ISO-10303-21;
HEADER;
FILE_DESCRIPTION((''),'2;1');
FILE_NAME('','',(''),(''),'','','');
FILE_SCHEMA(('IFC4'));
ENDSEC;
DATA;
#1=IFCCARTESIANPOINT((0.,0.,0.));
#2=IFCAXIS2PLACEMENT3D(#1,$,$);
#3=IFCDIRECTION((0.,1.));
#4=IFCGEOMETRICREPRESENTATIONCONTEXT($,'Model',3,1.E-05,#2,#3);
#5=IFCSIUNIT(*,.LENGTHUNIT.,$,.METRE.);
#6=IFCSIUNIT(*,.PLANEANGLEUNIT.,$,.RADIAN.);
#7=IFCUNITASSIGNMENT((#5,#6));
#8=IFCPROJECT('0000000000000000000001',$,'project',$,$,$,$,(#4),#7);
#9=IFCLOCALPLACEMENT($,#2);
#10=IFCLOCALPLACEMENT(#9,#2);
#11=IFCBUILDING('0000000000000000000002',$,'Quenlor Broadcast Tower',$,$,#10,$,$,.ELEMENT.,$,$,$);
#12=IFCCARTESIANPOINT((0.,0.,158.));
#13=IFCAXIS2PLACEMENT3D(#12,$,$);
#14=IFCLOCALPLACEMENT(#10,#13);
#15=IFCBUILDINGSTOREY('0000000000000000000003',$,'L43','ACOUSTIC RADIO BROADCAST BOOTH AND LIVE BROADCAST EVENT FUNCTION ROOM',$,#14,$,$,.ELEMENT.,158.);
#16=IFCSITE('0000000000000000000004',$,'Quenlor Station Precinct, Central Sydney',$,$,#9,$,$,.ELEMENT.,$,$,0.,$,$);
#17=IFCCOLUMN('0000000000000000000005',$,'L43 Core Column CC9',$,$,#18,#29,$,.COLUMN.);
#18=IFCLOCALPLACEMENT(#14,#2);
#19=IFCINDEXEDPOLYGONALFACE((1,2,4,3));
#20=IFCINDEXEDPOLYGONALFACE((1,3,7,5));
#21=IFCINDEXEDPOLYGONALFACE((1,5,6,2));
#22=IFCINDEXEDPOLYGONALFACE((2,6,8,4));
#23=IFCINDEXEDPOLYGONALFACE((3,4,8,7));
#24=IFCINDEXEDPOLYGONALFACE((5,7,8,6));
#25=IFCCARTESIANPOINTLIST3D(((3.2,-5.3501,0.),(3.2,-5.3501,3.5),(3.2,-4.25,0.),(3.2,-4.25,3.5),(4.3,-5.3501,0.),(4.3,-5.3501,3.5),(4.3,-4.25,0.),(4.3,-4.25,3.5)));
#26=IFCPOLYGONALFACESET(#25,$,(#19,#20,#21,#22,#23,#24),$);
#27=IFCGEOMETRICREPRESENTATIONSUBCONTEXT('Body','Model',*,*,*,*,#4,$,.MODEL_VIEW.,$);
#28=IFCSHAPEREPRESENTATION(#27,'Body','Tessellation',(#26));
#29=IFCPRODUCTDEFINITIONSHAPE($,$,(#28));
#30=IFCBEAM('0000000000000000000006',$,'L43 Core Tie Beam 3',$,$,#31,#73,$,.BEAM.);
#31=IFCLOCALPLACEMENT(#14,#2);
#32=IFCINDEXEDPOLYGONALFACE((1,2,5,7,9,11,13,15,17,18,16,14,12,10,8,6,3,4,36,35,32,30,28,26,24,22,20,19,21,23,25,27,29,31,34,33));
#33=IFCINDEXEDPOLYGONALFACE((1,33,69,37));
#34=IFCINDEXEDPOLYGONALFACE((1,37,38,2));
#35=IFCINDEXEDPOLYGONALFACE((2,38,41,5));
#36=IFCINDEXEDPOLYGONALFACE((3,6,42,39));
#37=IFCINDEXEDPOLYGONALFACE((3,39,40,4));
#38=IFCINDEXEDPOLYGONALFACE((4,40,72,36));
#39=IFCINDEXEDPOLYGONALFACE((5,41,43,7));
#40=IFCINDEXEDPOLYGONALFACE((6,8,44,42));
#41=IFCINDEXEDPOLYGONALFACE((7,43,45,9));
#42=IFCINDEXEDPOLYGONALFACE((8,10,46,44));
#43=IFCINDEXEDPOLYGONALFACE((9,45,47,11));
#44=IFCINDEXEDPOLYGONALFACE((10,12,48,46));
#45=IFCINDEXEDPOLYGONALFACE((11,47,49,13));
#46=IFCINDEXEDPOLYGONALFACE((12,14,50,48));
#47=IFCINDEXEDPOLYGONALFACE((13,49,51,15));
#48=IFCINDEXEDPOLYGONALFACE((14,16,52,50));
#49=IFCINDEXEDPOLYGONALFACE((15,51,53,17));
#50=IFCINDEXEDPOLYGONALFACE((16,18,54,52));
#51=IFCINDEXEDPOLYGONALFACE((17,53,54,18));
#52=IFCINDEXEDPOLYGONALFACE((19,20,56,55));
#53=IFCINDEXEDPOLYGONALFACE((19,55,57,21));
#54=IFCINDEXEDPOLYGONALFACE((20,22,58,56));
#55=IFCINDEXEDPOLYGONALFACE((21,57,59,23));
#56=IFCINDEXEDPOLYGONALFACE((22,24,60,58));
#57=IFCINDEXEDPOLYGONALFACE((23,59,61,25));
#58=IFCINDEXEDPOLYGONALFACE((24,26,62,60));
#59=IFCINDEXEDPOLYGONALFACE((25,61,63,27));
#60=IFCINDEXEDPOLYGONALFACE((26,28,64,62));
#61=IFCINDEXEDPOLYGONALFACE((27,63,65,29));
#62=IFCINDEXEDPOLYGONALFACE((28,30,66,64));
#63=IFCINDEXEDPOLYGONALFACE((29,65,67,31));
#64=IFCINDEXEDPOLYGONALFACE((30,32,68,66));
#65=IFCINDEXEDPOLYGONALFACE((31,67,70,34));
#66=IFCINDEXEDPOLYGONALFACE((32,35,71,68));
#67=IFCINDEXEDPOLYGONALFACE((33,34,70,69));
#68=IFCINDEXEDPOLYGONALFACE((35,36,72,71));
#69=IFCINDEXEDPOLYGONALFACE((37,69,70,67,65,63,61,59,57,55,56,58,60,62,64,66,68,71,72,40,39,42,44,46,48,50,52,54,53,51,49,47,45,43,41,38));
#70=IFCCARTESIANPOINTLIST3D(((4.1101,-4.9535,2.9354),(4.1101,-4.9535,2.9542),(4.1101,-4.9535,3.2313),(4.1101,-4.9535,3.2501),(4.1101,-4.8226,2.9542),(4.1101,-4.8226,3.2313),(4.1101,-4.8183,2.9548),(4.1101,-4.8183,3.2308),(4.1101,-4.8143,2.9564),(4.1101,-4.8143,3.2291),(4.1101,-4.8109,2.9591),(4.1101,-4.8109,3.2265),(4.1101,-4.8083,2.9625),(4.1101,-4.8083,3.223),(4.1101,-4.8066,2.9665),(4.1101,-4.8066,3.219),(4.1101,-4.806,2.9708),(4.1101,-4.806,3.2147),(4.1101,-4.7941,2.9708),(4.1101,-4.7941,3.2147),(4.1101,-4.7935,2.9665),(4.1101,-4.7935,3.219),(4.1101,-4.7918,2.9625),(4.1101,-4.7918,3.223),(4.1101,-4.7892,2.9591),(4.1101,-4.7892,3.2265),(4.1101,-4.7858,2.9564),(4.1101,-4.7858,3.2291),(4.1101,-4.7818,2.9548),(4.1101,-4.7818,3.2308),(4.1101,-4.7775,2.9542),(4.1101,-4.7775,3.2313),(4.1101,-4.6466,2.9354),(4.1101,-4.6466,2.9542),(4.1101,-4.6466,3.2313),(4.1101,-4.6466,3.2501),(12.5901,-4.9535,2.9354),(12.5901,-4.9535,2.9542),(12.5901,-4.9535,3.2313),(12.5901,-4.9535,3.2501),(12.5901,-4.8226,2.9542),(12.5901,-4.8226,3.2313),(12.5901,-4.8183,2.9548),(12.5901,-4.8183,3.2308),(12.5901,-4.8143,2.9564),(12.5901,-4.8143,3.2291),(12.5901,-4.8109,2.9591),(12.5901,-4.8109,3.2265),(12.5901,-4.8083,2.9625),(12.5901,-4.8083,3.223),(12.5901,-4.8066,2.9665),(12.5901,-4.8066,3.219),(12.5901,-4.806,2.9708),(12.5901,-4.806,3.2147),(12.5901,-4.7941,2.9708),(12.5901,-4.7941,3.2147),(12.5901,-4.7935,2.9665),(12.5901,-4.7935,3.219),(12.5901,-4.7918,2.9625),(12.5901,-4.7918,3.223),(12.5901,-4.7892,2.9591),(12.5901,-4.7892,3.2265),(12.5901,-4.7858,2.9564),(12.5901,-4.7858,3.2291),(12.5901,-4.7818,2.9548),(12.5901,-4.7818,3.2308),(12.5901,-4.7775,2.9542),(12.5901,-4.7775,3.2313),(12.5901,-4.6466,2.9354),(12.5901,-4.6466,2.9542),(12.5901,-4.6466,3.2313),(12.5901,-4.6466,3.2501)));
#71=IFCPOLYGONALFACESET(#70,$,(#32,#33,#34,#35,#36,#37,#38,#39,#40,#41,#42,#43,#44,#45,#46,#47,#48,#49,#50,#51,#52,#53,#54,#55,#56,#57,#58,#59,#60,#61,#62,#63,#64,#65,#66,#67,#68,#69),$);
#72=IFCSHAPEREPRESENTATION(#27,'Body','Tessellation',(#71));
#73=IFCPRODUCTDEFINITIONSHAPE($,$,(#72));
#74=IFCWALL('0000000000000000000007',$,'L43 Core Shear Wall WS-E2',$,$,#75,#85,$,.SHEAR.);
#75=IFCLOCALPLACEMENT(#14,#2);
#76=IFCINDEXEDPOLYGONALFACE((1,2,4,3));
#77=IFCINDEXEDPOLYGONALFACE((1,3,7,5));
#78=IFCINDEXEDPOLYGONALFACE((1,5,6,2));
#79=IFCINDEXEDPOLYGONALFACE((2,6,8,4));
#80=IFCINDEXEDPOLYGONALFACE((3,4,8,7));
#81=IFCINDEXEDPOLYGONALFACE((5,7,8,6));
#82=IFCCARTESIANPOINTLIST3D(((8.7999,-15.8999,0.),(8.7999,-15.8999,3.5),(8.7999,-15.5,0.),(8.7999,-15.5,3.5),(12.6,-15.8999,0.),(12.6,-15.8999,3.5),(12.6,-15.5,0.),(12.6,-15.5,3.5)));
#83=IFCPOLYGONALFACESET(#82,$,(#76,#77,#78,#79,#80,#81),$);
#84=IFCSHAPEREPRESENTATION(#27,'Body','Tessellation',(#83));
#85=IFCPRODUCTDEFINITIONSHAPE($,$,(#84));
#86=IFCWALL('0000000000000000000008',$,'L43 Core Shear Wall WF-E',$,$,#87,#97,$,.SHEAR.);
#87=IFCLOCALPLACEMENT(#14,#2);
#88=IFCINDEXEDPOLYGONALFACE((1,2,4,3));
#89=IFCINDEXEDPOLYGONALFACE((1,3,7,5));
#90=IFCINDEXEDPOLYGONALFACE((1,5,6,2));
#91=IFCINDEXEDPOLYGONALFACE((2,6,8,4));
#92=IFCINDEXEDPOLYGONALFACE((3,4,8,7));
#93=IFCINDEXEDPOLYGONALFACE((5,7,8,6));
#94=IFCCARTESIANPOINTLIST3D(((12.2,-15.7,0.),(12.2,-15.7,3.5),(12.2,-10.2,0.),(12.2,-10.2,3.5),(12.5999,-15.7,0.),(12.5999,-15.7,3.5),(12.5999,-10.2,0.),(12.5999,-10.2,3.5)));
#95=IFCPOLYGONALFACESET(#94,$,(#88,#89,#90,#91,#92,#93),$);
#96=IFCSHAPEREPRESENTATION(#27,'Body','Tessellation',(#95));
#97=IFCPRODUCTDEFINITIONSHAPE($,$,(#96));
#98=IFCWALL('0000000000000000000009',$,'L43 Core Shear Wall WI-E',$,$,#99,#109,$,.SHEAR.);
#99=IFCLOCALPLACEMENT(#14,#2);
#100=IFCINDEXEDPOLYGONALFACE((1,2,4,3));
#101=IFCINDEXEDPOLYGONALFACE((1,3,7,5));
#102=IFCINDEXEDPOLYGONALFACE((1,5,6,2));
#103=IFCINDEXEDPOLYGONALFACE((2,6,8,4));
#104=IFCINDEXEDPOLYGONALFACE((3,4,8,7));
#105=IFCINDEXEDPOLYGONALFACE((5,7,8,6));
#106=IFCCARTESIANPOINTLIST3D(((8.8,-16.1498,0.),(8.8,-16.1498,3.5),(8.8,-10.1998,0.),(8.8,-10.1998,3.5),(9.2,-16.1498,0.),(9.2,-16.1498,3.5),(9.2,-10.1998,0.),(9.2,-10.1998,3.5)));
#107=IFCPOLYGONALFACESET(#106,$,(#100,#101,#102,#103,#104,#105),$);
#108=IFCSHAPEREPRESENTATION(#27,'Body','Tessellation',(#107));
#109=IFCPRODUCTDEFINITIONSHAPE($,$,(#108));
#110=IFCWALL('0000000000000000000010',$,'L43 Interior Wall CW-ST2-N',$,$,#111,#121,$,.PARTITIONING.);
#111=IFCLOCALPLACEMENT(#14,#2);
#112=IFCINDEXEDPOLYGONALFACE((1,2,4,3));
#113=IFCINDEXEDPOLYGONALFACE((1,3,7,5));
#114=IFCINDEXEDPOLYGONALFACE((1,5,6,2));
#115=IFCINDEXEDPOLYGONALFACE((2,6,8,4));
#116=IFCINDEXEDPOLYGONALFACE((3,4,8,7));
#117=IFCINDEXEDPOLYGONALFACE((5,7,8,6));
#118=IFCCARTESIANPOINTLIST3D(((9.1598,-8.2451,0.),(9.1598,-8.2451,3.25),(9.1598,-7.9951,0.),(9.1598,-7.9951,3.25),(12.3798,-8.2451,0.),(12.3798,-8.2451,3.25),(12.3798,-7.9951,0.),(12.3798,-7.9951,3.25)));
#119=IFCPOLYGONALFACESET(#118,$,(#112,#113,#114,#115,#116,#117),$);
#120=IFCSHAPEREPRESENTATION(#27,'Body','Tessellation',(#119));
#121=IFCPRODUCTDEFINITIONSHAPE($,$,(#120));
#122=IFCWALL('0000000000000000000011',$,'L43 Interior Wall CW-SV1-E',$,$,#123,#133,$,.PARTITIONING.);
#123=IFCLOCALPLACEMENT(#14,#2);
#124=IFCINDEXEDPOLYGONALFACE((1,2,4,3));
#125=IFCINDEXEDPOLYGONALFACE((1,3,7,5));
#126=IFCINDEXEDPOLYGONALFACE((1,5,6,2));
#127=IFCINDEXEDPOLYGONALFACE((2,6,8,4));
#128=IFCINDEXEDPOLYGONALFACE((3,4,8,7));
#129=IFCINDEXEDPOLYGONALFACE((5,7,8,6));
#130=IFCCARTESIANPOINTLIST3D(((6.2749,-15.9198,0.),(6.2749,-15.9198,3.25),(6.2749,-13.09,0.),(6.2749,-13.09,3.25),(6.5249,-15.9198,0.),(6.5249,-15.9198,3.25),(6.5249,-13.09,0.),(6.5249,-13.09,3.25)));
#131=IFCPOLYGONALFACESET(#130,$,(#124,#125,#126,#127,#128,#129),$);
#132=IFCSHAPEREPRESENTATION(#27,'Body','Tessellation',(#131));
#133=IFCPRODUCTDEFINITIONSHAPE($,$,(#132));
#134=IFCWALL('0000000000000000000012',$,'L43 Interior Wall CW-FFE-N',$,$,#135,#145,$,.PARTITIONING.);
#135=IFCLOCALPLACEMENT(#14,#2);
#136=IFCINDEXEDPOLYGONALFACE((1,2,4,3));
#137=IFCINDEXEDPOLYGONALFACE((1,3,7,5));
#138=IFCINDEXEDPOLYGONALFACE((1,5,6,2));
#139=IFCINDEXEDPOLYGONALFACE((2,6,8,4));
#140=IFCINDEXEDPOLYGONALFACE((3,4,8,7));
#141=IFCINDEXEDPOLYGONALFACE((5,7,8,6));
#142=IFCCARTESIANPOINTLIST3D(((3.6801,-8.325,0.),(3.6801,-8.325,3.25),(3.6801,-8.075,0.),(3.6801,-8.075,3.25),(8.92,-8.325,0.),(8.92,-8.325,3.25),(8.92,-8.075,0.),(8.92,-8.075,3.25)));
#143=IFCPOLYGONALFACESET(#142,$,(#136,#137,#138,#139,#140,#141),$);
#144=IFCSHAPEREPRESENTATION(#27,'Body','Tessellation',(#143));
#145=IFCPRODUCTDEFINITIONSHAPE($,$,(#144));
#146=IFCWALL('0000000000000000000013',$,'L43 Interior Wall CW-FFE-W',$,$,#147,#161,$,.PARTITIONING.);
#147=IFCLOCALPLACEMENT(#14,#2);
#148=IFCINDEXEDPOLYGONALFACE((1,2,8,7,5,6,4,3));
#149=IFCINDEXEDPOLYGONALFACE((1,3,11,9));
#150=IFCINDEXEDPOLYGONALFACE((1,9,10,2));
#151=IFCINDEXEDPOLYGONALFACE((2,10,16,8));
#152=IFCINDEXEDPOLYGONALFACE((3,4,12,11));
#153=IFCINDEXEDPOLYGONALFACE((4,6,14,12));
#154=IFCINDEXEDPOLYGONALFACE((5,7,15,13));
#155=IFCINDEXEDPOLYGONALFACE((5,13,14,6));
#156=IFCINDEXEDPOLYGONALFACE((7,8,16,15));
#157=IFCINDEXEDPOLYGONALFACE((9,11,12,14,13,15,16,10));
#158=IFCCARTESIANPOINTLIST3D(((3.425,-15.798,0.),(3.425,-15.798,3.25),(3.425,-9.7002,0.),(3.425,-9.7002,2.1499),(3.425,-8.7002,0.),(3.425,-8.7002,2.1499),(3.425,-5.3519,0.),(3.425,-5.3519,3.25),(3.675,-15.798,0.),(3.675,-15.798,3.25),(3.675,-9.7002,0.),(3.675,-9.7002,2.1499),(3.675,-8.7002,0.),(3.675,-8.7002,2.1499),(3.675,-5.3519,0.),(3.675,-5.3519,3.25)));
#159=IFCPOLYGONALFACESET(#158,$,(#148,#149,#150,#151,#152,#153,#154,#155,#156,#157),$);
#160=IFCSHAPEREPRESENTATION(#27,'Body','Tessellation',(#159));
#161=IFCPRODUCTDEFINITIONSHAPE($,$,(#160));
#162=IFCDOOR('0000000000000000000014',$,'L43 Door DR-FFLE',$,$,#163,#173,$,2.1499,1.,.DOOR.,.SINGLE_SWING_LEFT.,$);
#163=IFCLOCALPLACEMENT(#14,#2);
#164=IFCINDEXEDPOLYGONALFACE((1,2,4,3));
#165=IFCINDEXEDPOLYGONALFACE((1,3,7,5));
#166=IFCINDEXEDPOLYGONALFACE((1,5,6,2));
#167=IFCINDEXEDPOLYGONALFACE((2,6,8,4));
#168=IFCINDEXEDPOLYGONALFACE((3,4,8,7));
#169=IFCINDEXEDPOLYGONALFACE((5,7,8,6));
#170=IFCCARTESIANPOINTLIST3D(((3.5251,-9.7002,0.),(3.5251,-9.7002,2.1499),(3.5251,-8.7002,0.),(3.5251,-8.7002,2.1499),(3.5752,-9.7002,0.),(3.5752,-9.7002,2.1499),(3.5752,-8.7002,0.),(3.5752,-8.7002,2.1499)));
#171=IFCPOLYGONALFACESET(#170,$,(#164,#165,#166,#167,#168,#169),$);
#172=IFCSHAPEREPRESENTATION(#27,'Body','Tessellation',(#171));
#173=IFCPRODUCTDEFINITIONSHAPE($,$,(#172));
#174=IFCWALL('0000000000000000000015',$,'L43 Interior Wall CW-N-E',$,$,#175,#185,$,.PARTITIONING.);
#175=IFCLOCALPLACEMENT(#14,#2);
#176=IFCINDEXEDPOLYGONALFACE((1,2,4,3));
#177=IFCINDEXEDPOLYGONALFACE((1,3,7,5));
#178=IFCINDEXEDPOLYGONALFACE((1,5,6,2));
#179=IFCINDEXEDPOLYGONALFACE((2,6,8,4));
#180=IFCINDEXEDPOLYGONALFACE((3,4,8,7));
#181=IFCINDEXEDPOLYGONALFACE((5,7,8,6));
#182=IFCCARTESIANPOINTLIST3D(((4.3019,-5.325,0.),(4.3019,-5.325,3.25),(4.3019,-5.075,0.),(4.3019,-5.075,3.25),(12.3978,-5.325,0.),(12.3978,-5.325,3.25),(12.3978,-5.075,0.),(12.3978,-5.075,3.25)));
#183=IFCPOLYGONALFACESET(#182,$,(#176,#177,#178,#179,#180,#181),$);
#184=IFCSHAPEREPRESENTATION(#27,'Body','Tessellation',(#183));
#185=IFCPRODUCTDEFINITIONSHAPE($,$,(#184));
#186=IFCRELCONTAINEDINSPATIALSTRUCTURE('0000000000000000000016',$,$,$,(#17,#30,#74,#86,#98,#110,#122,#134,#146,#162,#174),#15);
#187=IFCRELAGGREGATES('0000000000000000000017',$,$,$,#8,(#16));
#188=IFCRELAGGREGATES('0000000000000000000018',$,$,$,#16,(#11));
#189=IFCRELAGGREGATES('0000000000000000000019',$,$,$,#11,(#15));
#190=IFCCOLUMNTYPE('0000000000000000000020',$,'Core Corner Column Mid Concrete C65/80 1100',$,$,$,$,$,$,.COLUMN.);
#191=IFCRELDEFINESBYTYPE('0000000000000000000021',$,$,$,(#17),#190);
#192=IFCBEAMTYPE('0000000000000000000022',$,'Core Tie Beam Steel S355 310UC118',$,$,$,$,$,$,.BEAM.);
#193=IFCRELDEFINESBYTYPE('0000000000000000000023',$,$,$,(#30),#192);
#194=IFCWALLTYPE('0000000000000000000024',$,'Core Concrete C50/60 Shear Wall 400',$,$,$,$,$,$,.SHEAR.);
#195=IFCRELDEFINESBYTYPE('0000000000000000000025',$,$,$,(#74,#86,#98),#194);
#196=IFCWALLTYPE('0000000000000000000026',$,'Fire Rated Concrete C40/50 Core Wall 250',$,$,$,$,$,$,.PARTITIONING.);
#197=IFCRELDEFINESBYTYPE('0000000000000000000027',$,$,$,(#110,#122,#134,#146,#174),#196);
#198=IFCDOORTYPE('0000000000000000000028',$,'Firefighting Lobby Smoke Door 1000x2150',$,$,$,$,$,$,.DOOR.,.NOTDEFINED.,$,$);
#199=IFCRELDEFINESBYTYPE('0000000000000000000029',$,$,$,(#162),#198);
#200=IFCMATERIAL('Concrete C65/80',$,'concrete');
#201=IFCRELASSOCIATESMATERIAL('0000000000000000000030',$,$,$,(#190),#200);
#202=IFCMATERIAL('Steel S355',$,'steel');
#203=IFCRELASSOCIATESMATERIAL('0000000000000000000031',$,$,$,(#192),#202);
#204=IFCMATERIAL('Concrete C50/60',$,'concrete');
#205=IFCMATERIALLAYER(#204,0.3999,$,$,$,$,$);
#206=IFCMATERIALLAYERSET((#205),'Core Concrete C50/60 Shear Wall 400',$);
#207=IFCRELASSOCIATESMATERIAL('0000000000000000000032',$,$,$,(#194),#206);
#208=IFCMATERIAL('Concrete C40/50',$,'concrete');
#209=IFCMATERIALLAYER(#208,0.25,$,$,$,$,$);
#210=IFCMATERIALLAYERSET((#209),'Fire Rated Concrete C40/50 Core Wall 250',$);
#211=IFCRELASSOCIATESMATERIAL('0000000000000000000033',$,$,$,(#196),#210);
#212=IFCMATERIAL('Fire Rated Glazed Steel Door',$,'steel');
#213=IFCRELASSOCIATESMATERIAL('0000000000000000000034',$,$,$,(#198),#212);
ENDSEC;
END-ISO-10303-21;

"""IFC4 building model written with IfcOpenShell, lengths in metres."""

from ifc_helpers import new_model, si_unit, direction, frame, frame_2d, origin, origin_2d, place, context, subcontext, project, spatial, rectangle, i_section, extrude, material, layer, layer_set, material_profile, profile_set, type_object, element, fill, save


model = new_model("IFC4")

# Units and contexts
model_context = context("Model", 3, precision=1e-05, world=origin(), true_north=direction((0.0, 1.0)))
body_context = subcontext(model_context, "Body", "Model", "MODEL_VIEW")
ifc_project = project(units=[si_unit("LENGTHUNIT", "METRE"), si_unit("PLANEANGLEUNIT", "RADIAN")], contexts=[model_context])

# Site, building, storey
site_placement = place(None, origin())
site = spatial("IfcSite", under=ifc_project, at=site_placement, Name="Quenlor Station Precinct, Central Sydney", CompositionType="ELEMENT", RefElevation=0.0)
building_placement = place(site_placement, origin())
building = spatial("IfcBuilding", under=site, at=building_placement, Name="Quenlor Broadcast Tower", CompositionType="ELEMENT")
storey_placement = place(building_placement, frame((0.0, 0.0, 158.0)))
storey = spatial("IfcBuildingStorey", under=building, at=storey_placement, Name="L43", Description="ACOUSTIC RADIO BROADCAST BOOTH AND LIVE BROADCAST EVENT FUNCTION ROOM", CompositionType="ELEMENT", Elevation=158.0)

# Column
ifc_material_1 = material(Name="Concrete C65/80", Category="concrete")
ifc_material_profile_1 = material_profile(ifc_material_1, rectangle(XDim=1.1001, YDim=1.1001, at=origin_2d()))
ifc_profile_set_1 = profile_set([ifc_material_profile_1], Name="Concrete C65/80 RC1100x1100")
column_type = type_object("IfcColumnType", Name="Core Corner Column Mid Concrete C65/80 1100", PredefinedType="COLUMN", material=ifc_profile_set_1)
column_placement = place(storey_placement, frame((3.75, -4.8, 0.0), z_axis=(0.0, 0.0, 1.0), x_axis=(1.0, 0.0, 0.0)))
element("IfcColumn", 1, at=column_placement, inside=storey, type_object=column_type, Name="L43 Core Column CC9", PredefinedType="COLUMN", context=body_context, shape_type="SweptSolid", body=[
    extrude(rectangle(XDim=1.1001, YDim=1.1001, at=origin_2d()), origin(), (0.0, 0.0, 1.0), 3.5),
])

# Beam
ifc_material_2 = material(Name="Steel S355", Category="steel")
ifc_material_profile_2 = material_profile(ifc_material_2, i_section(OverallWidth=0.3069, OverallDepth=0.3147, WebThickness=0.012, FlangeThickness=0.0188, FilletRadius=0.0166, at=origin_2d()))
ifc_profile_set_2 = profile_set([ifc_material_profile_2], Name="Steel S355 310UC118")
beam_type = type_object("IfcBeamType", Name="Core Tie Beam Steel S355 310UC118", PredefinedType="BEAM", material=ifc_profile_set_2)
beam_placement = place(storey_placement, frame((4.1101, -4.8, 3.0928), z_axis=(1.0, 0.0, 0.0), x_axis=(0.0, 1.0, 0.0)))
element("IfcBeam", 2, at=beam_placement, inside=storey, type_object=beam_type, Name="L43 Core Tie Beam 3", PredefinedType="BEAM", context=body_context, shape_type="SweptSolid", body=[
    extrude(i_section(OverallWidth=0.3069, OverallDepth=0.3147, WebThickness=0.012, FlangeThickness=0.0188, FilletRadius=0.0166, at=origin_2d()), origin(), (0.0, 0.0, 1.0), 8.48),
])

# Walls
ifc_material_3 = material(Name="Concrete C50/60", Category="concrete")
ifc_layer_1 = layer(ifc_material_3, 0.3999)
ifc_layer_set_1 = layer_set([ifc_layer_1], Name="Core Concrete C50/60 Shear Wall 400")
wall_type_1 = type_object("IfcWallType", Name="Core Concrete C50/60 Shear Wall 400", PredefinedType="SHEAR", material=ifc_layer_set_1)
wall_1_placement = place(storey_placement, frame((8.8, -15.7, 0.0), z_axis=(0.0, 0.0, 1.0), x_axis=(1.0, 0.0, 0.0)))
element("IfcWall", 3, at=wall_1_placement, inside=storey, type_object=wall_type_1, Name="L43 Core Shear Wall WS-E2", PredefinedType="SHEAR", context=body_context, shape_type="SweptSolid", body=[
    extrude(rectangle(XDim=3.8, YDim=0.3999, at=frame_2d((1.8999, 0.0))), origin(), (0.0, 0.0, 1.0), 3.5),
])
wall_2_placement = place(storey_placement, frame((12.3999, -15.7, 0.0), z_axis=(0.0, 0.0, 1.0), x_axis=(0.0, 1.0, 0.0)))
element("IfcWall", 4, at=wall_2_placement, inside=storey, type_object=wall_type_1, Name="L43 Core Shear Wall WF-E", PredefinedType="SHEAR", context=body_context, shape_type="SweptSolid", body=[
    extrude(rectangle(XDim=5.5, YDim=0.3999, at=frame_2d((2.75, 0.0))), origin(), (0.0, 0.0, 1.0), 3.5),
])
wall_3_placement = place(storey_placement, frame((9.0, -16.1499, 0.0), z_axis=(0.0, 0.0, 1.0), x_axis=(0.0, 1.0, 0.0)))
element("IfcWall", 5, at=wall_3_placement, inside=storey, type_object=wall_type_1, Name="L43 Core Shear Wall WI-E", PredefinedType="SHEAR", context=body_context, shape_type="SweptSolid", body=[
    extrude(rectangle(XDim=5.95, YDim=0.3999, at=frame_2d((2.9751, 0.0))), origin(), (0.0, 0.0, 1.0), 3.5),
])

# Shared definitions
ifc_material_4 = material(Name="Concrete C40/50", Category="concrete")
ifc_layer_2 = layer(ifc_material_4, 0.25)
ifc_layer_set_2 = layer_set([ifc_layer_2], Name="Fire Rated Concrete C40/50 Core Wall 250")
wall_type_2 = type_object("IfcWallType", Name="Fire Rated Concrete C40/50 Core Wall 250", PredefinedType="PARTITIONING", material=ifc_layer_set_2)

# Wall
wall_4_placement = place(storey_placement, frame((9.1599, -8.1201, 0.0), z_axis=(0.0, 0.0, 1.0), x_axis=(1.0, 0.0, 0.0)))
element("IfcWall", 6, at=wall_4_placement, inside=storey, type_object=wall_type_2, Name="L43 Interior Wall CW-ST2-N", PredefinedType="PARTITIONING", context=body_context, shape_type="SweptSolid", body=[
    extrude(rectangle(XDim=3.22, YDim=0.25, at=frame_2d((1.6099, 0.0))), origin(), (0.0, 0.0, 1.0), 3.25),
])

# Walls
wall_5_placement = place(storey_placement, frame((6.3999, -15.9199, 0.0), z_axis=(0.0, 0.0, 1.0), x_axis=(0.0, 1.0, 0.0)))
element("IfcWall", 7, at=wall_5_placement, inside=storey, type_object=wall_type_2, Name="L43 Interior Wall CW-SV1-E", PredefinedType="PARTITIONING", context=body_context, shape_type="SweptSolid", body=[
    extrude(rectangle(XDim=2.8298, YDim=0.25, at=frame_2d((1.415, 0.0))), origin(), (0.0, 0.0, 1.0), 3.25),
])
wall_6_placement = place(storey_placement, frame((3.6799, -8.2, 0.0), z_axis=(0.0, 0.0, 1.0), x_axis=(1.0, 0.0, 0.0)))
element("IfcWall", 8, at=wall_6_placement, inside=storey, type_object=wall_type_2, Name="L43 Interior Wall CW-FFE-N", PredefinedType="PARTITIONING", context=body_context, shape_type="SweptSolid", body=[
    extrude(rectangle(XDim=5.24, YDim=0.25, at=frame_2d((2.6201, 0.0))), origin(), (0.0, 0.0, 1.0), 3.25),
])

# Wall, opening, door
wall_7_placement = place(storey_placement, frame((3.55, -15.7981, 0.0), z_axis=(0.0, 0.0, 1.0), x_axis=(0.0, 1.0, 0.0)))
wall_7 = element("IfcWall", 9, at=wall_7_placement, inside=storey, type_object=wall_type_2, Name="L43 Interior Wall CW-FFE-W", PredefinedType="PARTITIONING", context=body_context, shape_type="SweptSolid", body=[
    extrude(rectangle(XDim=10.446, YDim=0.25, at=frame_2d((5.2231, 0.0))), origin(), (0.0, 0.0, 1.0), 3.25),
])
opening_1_placement = place(wall_7_placement, frame((6.0979, 0.0, 0.0)))
opening_1 = element("IfcOpeningElement", 10, at=opening_1_placement, cuts=wall_7, PredefinedType="OPENING", context=body_context, shape_type="SweptSolid", body=[
    extrude(rectangle(XDim=1.0, YDim=2.1499, at=frame_2d((0.5, 1.075))), frame((0.0, 0.135, 0.0), z_axis=(0.0, -1.0, 0.0), x_axis=(1.0, 0.0, 0.0)), (0.0, 0.0, 1.0), 0.27),
])
ifc_material_5 = material(Name="Fire Rated Glazed Steel Door", Category="steel")
door_type_1 = type_object("IfcDoorType", Name="Firefighting Lobby Smoke Door 1000x2150", OperationType="NOTDEFINED", PredefinedType="DOOR", material=ifc_material_5)
door_1_placement = place(opening_1_placement, origin())
door_1 = element("IfcDoor", 11, at=door_1_placement, inside=storey, type_object=door_type_1, Name="L43 Door DR-FFLE", OperationType="SINGLE_SWING_LEFT", OverallHeight=2.1499, OverallWidth=1.0, PredefinedType="DOOR", context=body_context, shape_type="SweptSolid", body=[
    extrude(rectangle(XDim=1.0, YDim=2.1499, at=frame_2d((0.5, 1.075))), frame((0.0, 0.0249, 0.0), z_axis=(0.0, -1.0, 0.0), x_axis=(1.0, 0.0, 0.0)), (0.0, 0.0, 1.0), 0.05),
])
fill(opening_1, door_1)

# Wall
wall_8_placement = place(storey_placement, frame((4.302, -5.2, 0.0), z_axis=(0.0, 0.0, 1.0), x_axis=(1.0, 0.0, 0.0)))
element("IfcWall", 12, at=wall_8_placement, inside=storey, type_object=wall_type_2, Name="L43 Interior Wall CW-N-E", PredefinedType="PARTITIONING", context=body_context, shape_type="SweptSolid", body=[
    extrude(rectangle(XDim=8.0959, YDim=0.25, at=frame_2d((4.0479, 0.0))), origin(), (0.0, 0.0, 1.0), 3.25),
])

save(model, "model.ifc")
